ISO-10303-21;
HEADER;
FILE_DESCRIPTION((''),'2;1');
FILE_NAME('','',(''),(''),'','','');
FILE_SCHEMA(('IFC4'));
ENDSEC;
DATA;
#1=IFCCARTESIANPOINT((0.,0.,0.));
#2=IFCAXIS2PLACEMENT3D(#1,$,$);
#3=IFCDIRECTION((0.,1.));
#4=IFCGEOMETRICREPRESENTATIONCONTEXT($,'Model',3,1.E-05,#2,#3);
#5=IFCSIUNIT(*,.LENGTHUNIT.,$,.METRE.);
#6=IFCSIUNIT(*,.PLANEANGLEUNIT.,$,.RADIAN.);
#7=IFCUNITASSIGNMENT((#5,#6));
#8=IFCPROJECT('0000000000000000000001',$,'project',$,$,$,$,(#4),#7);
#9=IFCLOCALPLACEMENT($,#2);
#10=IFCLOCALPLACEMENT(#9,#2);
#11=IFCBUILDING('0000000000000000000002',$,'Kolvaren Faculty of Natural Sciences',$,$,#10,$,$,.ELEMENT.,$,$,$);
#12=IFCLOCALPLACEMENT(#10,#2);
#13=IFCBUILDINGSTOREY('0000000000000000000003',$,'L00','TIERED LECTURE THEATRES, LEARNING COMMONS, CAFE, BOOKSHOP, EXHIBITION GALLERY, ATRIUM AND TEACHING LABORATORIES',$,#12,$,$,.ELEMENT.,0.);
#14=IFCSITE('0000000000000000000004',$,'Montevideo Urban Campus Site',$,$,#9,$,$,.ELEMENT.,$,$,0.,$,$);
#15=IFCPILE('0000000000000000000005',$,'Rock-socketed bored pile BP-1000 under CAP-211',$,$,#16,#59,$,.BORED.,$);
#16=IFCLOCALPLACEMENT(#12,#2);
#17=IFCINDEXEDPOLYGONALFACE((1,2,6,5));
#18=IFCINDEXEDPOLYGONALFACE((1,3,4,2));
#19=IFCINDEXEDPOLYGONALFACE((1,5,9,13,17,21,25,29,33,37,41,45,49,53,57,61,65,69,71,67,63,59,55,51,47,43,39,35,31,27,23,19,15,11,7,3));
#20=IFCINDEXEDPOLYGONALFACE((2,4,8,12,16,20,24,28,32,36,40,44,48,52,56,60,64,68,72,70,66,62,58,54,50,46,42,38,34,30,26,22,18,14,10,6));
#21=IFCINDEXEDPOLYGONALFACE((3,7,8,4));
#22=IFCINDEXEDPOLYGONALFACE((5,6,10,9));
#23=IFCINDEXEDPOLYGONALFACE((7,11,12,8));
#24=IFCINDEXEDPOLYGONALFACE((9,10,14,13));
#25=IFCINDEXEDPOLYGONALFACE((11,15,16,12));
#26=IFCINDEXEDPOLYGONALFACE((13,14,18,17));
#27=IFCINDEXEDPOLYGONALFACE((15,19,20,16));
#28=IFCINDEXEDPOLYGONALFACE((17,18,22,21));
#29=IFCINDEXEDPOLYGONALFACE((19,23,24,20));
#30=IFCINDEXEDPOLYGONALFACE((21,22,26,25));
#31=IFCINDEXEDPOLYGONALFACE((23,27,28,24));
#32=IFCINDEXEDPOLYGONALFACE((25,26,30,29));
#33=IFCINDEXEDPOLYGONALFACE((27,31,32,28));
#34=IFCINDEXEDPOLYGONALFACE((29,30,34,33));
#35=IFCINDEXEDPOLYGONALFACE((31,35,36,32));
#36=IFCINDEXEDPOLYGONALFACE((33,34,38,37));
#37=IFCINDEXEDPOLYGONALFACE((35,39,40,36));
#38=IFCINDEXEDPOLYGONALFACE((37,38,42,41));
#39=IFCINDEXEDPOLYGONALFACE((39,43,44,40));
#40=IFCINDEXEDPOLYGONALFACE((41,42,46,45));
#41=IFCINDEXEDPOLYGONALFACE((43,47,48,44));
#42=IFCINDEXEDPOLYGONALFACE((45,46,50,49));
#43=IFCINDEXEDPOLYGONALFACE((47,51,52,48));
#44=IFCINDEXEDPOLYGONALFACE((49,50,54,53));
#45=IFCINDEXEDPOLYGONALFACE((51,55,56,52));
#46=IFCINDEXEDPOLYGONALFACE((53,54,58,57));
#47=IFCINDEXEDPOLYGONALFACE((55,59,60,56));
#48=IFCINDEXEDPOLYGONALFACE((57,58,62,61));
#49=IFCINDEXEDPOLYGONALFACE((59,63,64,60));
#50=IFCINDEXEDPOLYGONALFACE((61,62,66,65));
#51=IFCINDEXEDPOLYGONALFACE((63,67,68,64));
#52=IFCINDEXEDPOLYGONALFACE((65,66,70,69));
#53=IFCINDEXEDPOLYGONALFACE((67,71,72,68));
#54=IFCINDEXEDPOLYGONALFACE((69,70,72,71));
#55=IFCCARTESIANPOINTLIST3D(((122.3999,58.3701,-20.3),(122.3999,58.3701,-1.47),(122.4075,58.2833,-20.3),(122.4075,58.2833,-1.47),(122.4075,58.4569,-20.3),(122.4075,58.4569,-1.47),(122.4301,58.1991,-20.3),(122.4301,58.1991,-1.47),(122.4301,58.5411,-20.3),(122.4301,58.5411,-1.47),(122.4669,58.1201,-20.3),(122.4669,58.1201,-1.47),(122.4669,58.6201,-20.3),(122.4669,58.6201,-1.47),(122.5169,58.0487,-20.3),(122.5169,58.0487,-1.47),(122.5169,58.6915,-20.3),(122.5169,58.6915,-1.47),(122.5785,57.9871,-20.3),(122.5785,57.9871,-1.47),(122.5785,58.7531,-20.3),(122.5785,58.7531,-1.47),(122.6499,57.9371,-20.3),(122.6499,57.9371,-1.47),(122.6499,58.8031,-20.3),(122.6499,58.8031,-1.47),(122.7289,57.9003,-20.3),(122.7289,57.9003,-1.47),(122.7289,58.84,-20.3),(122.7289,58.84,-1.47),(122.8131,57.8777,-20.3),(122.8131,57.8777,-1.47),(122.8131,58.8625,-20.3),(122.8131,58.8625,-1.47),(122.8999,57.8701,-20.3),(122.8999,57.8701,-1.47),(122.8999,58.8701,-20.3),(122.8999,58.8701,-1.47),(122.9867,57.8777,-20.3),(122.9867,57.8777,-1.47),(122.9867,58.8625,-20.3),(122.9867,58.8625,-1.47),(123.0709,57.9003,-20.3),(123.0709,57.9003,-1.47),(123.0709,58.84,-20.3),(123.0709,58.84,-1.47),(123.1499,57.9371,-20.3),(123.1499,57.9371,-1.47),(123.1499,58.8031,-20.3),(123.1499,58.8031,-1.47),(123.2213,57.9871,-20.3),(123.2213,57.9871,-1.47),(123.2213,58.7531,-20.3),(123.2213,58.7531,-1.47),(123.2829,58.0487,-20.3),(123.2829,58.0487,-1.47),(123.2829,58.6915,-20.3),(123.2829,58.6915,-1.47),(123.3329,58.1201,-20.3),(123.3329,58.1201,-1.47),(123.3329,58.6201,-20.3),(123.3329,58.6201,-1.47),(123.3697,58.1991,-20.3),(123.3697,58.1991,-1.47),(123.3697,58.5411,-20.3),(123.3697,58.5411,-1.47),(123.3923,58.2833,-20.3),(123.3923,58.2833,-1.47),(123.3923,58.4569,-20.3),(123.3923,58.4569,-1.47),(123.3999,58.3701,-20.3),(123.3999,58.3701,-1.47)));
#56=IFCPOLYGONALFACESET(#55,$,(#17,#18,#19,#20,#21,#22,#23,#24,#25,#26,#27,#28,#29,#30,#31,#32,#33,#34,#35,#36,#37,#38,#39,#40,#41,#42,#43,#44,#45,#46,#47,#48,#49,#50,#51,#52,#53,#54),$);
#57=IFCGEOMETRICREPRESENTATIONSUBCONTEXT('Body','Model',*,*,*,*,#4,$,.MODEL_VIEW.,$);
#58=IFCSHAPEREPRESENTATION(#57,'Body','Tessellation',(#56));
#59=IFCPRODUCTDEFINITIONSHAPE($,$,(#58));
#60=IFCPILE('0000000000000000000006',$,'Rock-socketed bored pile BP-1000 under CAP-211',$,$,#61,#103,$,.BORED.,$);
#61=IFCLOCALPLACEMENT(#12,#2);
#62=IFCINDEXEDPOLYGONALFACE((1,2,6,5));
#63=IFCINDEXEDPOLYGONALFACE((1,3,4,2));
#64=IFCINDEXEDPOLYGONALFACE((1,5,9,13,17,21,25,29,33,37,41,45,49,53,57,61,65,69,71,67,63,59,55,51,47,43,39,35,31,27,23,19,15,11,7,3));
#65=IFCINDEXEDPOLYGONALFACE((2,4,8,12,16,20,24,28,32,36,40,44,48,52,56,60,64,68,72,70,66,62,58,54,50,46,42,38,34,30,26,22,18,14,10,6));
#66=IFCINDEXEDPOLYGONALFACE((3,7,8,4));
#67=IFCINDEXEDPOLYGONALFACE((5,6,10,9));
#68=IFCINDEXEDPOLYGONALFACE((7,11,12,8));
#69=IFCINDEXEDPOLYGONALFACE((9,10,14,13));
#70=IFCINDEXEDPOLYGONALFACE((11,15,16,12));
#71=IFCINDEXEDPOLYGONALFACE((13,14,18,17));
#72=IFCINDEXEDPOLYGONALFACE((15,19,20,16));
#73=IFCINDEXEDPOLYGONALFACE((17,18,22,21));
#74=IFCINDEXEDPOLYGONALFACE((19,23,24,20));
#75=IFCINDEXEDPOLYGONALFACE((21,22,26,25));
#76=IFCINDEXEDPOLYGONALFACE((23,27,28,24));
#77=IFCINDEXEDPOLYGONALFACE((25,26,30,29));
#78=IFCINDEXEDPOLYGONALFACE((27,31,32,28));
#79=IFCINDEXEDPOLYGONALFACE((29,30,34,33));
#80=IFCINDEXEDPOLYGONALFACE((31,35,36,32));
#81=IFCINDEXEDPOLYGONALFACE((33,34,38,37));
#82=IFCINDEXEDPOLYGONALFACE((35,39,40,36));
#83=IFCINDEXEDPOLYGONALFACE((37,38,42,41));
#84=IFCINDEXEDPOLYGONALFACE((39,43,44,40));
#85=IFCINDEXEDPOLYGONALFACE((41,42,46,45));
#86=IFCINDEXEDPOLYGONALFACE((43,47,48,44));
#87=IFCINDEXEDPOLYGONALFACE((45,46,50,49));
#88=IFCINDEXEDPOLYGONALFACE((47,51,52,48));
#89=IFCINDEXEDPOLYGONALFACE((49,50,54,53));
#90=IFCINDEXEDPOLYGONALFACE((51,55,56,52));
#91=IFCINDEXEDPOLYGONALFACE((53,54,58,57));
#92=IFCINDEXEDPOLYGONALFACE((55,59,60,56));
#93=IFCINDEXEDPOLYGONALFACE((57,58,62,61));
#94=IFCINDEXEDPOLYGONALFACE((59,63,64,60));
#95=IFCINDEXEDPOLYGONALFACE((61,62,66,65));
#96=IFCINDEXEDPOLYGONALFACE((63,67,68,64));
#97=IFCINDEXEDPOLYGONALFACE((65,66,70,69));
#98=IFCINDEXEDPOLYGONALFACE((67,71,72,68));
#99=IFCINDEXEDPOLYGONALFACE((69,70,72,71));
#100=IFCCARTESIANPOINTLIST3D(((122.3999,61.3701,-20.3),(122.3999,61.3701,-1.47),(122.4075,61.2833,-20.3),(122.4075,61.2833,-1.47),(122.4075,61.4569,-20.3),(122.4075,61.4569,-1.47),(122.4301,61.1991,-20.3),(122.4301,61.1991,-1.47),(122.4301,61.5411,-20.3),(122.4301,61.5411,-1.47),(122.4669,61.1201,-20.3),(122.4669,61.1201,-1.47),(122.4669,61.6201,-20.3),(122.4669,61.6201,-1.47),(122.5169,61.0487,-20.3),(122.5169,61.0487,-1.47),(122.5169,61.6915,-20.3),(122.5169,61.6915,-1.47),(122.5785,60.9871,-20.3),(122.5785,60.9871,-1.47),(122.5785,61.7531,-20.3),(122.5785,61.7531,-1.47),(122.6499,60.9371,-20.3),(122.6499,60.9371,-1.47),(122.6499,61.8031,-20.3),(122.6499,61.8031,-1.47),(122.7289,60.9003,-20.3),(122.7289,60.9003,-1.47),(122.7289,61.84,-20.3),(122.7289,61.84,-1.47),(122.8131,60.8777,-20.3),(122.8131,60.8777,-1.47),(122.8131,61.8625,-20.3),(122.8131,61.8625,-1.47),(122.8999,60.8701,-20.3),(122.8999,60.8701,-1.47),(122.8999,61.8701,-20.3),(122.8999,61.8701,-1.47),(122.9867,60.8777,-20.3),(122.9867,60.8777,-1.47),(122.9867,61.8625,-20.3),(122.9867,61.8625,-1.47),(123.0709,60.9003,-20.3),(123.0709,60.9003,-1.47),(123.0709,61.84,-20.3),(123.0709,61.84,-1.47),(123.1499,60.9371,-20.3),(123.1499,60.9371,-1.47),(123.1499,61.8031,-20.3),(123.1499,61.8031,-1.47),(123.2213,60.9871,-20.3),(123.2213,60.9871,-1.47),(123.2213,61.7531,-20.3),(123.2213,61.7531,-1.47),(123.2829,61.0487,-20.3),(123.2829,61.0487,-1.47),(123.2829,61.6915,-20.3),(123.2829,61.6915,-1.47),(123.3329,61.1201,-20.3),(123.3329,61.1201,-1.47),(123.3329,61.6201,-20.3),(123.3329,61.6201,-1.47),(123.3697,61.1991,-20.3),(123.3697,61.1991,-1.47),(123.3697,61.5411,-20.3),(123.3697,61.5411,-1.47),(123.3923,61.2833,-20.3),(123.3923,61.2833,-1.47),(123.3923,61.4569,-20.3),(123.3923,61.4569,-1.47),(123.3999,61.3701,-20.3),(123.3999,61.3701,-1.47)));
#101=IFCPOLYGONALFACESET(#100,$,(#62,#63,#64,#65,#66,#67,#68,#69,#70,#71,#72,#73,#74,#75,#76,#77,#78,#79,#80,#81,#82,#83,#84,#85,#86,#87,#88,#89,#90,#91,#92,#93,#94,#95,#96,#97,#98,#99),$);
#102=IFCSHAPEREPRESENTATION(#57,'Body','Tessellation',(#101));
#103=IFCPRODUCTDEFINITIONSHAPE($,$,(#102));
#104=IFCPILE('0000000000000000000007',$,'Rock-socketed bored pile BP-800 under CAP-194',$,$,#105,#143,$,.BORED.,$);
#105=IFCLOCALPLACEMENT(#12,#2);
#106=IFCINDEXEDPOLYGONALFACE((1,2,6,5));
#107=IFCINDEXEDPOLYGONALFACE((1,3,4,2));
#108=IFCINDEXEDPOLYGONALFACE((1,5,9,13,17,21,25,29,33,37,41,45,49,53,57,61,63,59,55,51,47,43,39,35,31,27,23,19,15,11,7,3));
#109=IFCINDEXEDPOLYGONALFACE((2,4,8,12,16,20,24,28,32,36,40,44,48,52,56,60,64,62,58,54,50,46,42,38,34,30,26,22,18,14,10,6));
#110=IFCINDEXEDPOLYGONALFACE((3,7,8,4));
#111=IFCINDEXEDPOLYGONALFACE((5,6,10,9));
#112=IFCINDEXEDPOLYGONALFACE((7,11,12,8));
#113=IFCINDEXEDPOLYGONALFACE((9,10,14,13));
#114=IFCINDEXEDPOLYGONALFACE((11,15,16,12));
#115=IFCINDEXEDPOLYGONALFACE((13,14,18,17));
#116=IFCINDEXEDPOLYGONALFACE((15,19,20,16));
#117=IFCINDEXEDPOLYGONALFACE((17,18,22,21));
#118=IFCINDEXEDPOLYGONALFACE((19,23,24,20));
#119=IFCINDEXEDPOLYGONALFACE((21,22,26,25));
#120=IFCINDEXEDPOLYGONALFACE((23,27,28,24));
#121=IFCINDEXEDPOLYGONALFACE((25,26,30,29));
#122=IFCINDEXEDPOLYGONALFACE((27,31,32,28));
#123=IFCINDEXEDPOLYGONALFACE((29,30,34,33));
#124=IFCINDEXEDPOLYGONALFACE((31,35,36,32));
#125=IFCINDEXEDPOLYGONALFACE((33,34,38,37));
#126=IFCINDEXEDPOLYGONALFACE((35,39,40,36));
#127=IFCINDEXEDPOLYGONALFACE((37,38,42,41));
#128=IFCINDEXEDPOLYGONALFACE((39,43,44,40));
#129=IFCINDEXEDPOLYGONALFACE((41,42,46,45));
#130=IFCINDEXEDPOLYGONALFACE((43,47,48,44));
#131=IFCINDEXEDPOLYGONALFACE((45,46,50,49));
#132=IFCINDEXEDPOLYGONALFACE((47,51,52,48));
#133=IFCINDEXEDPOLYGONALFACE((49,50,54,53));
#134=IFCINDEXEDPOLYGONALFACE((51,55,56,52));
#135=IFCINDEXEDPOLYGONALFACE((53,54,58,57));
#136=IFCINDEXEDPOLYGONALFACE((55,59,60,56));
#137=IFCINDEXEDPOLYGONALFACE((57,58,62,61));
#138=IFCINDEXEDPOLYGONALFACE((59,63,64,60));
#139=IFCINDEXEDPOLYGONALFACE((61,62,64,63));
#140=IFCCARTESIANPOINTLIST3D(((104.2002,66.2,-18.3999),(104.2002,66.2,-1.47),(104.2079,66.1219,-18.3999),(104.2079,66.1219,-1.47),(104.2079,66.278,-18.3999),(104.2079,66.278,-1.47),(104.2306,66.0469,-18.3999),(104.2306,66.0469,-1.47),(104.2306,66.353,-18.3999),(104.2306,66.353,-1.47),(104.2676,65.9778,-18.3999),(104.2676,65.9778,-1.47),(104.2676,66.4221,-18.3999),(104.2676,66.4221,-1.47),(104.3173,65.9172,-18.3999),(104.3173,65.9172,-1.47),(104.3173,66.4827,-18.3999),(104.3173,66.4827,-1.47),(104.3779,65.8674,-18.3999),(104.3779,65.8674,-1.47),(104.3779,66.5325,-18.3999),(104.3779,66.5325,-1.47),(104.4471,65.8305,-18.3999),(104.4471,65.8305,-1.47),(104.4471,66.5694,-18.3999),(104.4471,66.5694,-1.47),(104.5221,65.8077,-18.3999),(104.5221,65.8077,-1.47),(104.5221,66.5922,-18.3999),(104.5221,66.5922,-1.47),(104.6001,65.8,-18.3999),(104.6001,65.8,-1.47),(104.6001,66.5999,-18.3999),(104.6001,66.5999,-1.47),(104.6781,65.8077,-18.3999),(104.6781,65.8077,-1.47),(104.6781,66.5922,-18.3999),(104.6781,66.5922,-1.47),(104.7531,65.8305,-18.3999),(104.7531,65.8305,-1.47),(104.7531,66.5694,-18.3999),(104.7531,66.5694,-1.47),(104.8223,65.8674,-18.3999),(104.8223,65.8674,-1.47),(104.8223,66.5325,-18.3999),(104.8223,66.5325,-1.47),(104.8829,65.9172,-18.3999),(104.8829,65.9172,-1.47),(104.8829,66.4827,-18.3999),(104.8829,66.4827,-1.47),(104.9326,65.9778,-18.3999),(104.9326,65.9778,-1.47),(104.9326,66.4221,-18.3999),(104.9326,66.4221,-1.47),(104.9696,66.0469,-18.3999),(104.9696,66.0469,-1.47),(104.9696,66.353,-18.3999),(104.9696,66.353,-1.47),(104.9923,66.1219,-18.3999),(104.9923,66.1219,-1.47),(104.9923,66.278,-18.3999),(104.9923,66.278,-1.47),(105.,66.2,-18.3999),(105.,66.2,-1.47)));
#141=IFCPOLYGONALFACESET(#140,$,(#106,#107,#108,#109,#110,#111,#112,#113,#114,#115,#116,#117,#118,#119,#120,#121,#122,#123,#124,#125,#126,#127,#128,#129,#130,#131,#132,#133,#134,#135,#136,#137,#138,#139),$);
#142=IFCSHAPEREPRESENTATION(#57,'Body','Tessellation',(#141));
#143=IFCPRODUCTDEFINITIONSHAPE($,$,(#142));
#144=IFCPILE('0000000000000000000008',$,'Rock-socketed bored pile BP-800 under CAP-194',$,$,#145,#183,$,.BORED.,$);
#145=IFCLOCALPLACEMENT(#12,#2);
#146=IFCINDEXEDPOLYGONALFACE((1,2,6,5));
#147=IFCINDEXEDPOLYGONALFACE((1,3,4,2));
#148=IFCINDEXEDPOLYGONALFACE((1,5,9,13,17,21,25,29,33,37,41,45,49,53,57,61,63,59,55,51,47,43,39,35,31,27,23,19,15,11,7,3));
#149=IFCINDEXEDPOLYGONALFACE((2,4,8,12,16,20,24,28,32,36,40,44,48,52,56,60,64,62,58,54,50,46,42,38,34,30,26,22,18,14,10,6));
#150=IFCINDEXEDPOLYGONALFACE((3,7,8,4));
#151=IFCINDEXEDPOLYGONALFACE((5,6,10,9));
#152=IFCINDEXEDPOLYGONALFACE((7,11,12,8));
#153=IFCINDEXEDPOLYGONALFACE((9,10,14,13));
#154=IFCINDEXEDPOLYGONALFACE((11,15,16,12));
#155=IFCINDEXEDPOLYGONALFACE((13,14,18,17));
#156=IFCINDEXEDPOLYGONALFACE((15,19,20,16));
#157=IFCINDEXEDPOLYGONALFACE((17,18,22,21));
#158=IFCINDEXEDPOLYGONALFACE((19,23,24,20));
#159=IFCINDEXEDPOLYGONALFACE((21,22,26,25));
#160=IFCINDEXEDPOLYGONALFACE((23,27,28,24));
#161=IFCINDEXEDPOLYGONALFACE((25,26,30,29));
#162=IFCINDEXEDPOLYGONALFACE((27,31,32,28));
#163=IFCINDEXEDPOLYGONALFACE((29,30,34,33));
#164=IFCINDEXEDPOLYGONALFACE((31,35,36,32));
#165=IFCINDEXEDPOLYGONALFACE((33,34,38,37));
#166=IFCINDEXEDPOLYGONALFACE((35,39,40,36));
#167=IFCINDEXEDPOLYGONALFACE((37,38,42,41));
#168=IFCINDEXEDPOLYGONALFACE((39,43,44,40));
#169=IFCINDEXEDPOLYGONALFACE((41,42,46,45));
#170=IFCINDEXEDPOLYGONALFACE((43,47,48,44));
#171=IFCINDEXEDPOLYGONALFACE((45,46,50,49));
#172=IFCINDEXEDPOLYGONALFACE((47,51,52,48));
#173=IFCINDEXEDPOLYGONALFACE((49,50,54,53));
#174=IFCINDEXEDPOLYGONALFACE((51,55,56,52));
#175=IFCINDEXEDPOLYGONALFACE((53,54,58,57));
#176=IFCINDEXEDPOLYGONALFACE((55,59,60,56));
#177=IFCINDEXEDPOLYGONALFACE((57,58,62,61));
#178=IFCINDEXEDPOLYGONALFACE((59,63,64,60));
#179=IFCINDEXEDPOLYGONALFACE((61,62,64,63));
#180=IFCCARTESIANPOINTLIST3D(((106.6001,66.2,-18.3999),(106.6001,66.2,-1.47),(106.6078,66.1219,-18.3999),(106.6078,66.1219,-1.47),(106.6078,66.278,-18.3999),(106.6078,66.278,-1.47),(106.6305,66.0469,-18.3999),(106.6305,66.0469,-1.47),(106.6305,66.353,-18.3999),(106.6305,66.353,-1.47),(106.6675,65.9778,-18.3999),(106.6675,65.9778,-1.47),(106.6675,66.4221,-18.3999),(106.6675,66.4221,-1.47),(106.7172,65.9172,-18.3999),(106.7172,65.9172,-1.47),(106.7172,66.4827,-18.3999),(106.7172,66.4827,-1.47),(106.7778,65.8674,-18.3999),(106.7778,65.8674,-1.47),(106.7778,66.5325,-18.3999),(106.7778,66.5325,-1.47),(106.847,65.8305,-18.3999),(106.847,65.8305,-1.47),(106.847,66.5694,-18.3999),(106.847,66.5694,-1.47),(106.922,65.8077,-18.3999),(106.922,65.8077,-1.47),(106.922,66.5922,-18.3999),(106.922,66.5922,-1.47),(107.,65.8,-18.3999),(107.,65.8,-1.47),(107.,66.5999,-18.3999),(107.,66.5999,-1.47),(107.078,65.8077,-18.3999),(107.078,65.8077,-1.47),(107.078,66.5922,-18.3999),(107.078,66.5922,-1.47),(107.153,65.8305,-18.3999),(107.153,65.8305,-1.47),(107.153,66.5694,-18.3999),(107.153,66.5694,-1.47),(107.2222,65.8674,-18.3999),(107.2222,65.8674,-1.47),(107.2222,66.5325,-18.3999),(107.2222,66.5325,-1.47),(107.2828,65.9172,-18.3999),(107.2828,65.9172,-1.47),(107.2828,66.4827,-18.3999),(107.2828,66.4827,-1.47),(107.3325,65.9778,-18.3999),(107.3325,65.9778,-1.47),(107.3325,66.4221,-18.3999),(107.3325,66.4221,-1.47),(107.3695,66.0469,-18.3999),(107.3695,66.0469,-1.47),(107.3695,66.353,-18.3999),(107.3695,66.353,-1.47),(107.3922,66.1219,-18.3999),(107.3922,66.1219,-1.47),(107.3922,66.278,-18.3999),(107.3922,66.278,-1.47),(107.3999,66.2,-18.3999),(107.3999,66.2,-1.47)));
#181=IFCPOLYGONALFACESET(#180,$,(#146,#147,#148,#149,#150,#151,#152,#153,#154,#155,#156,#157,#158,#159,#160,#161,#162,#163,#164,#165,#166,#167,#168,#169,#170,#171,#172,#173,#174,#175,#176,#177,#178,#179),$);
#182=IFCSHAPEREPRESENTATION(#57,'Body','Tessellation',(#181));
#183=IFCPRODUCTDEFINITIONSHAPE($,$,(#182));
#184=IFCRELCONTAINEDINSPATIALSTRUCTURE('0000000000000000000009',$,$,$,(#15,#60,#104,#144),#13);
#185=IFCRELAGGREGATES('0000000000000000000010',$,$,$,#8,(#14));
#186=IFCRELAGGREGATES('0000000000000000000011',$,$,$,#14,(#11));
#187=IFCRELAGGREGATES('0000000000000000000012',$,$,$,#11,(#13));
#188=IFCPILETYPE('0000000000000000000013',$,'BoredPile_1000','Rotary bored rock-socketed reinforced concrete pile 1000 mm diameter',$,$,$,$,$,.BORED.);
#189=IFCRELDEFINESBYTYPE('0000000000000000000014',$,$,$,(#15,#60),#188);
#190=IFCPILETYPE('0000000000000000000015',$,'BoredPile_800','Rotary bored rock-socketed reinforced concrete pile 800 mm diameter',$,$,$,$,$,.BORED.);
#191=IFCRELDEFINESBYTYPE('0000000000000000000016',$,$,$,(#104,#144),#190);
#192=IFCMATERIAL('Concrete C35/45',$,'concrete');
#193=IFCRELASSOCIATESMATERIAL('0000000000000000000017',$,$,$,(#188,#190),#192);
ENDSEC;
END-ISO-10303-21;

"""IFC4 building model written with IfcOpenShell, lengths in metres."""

from ifc_helpers import new_model, si_unit, direction, frame, origin, origin_2d, place, context, subcontext, project, spatial, circle, extrude, material, material_profile, profile_set, type_object, element, save


model = new_model("IFC4")

# Units and contexts
model_context = context("Model", 3, precision=1e-05, world=origin(), true_north=direction((0.0, 1.0)))
body_context = subcontext(model_context, "Body", "Model", "MODEL_VIEW")
ifc_project = project(units=[si_unit("LENGTHUNIT", "METRE"), si_unit("PLANEANGLEUNIT", "RADIAN")], contexts=[model_context])

# Site, building, storey
site_placement = place(None, origin())
site = spatial("IfcSite", under=ifc_project, at=site_placement, Name="Montevideo Urban Campus Site", CompositionType="ELEMENT", RefElevation=0.0)
building_placement = place(site_placement, origin())
building = spatial("IfcBuilding", under=site, at=building_placement, Name="Kolvaren Faculty of Natural Sciences", CompositionType="ELEMENT")
storey_placement = place(building_placement, origin())
storey = spatial("IfcBuildingStorey", under=building, at=storey_placement, Name="L00", Description="TIERED LECTURE THEATRES, LEARNING COMMONS, CAFE, BOOKSHOP, EXHIBITION GALLERY, ATRIUM AND TEACHING LABORATORIES", CompositionType="ELEMENT", Elevation=0.0)

# Piles
ifc_material_1 = material(Name="Concrete C35/45", Category="concrete")
ifc_material_profile_1 = material_profile(ifc_material_1, circle(Radius=0.5, at=origin_2d()), Name="PILE D1000")
ifc_profile_set_1 = profile_set([ifc_material_profile_1], Name="Concrete C35/45")
pile_type_1 = type_object("IfcPileType", Name="BoredPile_1000", Description="Rotary bored rock-socketed reinforced concrete pile 1000 mm diameter", PredefinedType="BORED", material=ifc_profile_set_1)
for number, where, z_axis, x_axis, name in (
    (1, (122.8999, 58.3701, -1.47), (0.0, 0.0, -1.0), (1.0, 0.0, 0.0), "Rock-socketed bored pile BP-1000 under CAP-211"),
    (2, (122.8999, 61.3701, -1.47), (0.0, 0.0, -1.0), (1.0, 0.0, 0.0), "Rock-socketed bored pile BP-1000 under CAP-211"),
):
    element("IfcPile", number, at=place(storey_placement, frame(where, z_axis=z_axis, x_axis=x_axis)), inside=storey, type_object=pile_type_1, Name=name, PredefinedType="BORED", context=body_context, shape_type="SweptSolid", body=[
        extrude(circle(Radius=0.5, at=origin_2d()), origin(), (0.0, 0.0, 1.0), 18.8301),
    ])
ifc_material_profile_2 = material_profile(ifc_material_1, circle(Radius=0.3999, at=origin_2d()), Name="PILE D800")
ifc_profile_set_2 = profile_set([ifc_material_profile_2], Name="Concrete C35/45")
pile_type_2 = type_object("IfcPileType", Name="BoredPile_800", Description="Rotary bored rock-socketed reinforced concrete pile 800 mm diameter", PredefinedType="BORED", material=ifc_profile_set_2)
for number, where, z_axis, x_axis, name in (
    (3, (104.6001, 66.2, -1.47), (0.0, 0.0, -1.0), (1.0, 0.0, 0.0), "Rock-socketed bored pile BP-800 under CAP-194"),
    (4, (107.0, 66.2, -1.47), (0.0, 0.0, -1.0), (1.0, 0.0, 0.0), "Rock-socketed bored pile BP-800 under CAP-194"),
):
    element("IfcPile", number, at=place(storey_placement, frame(where, z_axis=z_axis, x_axis=x_axis)), inside=storey, type_object=pile_type_2, Name=name, PredefinedType="BORED", context=body_context, shape_type="SweptSolid", body=[
        extrude(circle(Radius=0.3999, at=origin_2d()), origin(), (0.0, 0.0, 1.0), 16.9299),
    ])

save(model, "model.ifc")
